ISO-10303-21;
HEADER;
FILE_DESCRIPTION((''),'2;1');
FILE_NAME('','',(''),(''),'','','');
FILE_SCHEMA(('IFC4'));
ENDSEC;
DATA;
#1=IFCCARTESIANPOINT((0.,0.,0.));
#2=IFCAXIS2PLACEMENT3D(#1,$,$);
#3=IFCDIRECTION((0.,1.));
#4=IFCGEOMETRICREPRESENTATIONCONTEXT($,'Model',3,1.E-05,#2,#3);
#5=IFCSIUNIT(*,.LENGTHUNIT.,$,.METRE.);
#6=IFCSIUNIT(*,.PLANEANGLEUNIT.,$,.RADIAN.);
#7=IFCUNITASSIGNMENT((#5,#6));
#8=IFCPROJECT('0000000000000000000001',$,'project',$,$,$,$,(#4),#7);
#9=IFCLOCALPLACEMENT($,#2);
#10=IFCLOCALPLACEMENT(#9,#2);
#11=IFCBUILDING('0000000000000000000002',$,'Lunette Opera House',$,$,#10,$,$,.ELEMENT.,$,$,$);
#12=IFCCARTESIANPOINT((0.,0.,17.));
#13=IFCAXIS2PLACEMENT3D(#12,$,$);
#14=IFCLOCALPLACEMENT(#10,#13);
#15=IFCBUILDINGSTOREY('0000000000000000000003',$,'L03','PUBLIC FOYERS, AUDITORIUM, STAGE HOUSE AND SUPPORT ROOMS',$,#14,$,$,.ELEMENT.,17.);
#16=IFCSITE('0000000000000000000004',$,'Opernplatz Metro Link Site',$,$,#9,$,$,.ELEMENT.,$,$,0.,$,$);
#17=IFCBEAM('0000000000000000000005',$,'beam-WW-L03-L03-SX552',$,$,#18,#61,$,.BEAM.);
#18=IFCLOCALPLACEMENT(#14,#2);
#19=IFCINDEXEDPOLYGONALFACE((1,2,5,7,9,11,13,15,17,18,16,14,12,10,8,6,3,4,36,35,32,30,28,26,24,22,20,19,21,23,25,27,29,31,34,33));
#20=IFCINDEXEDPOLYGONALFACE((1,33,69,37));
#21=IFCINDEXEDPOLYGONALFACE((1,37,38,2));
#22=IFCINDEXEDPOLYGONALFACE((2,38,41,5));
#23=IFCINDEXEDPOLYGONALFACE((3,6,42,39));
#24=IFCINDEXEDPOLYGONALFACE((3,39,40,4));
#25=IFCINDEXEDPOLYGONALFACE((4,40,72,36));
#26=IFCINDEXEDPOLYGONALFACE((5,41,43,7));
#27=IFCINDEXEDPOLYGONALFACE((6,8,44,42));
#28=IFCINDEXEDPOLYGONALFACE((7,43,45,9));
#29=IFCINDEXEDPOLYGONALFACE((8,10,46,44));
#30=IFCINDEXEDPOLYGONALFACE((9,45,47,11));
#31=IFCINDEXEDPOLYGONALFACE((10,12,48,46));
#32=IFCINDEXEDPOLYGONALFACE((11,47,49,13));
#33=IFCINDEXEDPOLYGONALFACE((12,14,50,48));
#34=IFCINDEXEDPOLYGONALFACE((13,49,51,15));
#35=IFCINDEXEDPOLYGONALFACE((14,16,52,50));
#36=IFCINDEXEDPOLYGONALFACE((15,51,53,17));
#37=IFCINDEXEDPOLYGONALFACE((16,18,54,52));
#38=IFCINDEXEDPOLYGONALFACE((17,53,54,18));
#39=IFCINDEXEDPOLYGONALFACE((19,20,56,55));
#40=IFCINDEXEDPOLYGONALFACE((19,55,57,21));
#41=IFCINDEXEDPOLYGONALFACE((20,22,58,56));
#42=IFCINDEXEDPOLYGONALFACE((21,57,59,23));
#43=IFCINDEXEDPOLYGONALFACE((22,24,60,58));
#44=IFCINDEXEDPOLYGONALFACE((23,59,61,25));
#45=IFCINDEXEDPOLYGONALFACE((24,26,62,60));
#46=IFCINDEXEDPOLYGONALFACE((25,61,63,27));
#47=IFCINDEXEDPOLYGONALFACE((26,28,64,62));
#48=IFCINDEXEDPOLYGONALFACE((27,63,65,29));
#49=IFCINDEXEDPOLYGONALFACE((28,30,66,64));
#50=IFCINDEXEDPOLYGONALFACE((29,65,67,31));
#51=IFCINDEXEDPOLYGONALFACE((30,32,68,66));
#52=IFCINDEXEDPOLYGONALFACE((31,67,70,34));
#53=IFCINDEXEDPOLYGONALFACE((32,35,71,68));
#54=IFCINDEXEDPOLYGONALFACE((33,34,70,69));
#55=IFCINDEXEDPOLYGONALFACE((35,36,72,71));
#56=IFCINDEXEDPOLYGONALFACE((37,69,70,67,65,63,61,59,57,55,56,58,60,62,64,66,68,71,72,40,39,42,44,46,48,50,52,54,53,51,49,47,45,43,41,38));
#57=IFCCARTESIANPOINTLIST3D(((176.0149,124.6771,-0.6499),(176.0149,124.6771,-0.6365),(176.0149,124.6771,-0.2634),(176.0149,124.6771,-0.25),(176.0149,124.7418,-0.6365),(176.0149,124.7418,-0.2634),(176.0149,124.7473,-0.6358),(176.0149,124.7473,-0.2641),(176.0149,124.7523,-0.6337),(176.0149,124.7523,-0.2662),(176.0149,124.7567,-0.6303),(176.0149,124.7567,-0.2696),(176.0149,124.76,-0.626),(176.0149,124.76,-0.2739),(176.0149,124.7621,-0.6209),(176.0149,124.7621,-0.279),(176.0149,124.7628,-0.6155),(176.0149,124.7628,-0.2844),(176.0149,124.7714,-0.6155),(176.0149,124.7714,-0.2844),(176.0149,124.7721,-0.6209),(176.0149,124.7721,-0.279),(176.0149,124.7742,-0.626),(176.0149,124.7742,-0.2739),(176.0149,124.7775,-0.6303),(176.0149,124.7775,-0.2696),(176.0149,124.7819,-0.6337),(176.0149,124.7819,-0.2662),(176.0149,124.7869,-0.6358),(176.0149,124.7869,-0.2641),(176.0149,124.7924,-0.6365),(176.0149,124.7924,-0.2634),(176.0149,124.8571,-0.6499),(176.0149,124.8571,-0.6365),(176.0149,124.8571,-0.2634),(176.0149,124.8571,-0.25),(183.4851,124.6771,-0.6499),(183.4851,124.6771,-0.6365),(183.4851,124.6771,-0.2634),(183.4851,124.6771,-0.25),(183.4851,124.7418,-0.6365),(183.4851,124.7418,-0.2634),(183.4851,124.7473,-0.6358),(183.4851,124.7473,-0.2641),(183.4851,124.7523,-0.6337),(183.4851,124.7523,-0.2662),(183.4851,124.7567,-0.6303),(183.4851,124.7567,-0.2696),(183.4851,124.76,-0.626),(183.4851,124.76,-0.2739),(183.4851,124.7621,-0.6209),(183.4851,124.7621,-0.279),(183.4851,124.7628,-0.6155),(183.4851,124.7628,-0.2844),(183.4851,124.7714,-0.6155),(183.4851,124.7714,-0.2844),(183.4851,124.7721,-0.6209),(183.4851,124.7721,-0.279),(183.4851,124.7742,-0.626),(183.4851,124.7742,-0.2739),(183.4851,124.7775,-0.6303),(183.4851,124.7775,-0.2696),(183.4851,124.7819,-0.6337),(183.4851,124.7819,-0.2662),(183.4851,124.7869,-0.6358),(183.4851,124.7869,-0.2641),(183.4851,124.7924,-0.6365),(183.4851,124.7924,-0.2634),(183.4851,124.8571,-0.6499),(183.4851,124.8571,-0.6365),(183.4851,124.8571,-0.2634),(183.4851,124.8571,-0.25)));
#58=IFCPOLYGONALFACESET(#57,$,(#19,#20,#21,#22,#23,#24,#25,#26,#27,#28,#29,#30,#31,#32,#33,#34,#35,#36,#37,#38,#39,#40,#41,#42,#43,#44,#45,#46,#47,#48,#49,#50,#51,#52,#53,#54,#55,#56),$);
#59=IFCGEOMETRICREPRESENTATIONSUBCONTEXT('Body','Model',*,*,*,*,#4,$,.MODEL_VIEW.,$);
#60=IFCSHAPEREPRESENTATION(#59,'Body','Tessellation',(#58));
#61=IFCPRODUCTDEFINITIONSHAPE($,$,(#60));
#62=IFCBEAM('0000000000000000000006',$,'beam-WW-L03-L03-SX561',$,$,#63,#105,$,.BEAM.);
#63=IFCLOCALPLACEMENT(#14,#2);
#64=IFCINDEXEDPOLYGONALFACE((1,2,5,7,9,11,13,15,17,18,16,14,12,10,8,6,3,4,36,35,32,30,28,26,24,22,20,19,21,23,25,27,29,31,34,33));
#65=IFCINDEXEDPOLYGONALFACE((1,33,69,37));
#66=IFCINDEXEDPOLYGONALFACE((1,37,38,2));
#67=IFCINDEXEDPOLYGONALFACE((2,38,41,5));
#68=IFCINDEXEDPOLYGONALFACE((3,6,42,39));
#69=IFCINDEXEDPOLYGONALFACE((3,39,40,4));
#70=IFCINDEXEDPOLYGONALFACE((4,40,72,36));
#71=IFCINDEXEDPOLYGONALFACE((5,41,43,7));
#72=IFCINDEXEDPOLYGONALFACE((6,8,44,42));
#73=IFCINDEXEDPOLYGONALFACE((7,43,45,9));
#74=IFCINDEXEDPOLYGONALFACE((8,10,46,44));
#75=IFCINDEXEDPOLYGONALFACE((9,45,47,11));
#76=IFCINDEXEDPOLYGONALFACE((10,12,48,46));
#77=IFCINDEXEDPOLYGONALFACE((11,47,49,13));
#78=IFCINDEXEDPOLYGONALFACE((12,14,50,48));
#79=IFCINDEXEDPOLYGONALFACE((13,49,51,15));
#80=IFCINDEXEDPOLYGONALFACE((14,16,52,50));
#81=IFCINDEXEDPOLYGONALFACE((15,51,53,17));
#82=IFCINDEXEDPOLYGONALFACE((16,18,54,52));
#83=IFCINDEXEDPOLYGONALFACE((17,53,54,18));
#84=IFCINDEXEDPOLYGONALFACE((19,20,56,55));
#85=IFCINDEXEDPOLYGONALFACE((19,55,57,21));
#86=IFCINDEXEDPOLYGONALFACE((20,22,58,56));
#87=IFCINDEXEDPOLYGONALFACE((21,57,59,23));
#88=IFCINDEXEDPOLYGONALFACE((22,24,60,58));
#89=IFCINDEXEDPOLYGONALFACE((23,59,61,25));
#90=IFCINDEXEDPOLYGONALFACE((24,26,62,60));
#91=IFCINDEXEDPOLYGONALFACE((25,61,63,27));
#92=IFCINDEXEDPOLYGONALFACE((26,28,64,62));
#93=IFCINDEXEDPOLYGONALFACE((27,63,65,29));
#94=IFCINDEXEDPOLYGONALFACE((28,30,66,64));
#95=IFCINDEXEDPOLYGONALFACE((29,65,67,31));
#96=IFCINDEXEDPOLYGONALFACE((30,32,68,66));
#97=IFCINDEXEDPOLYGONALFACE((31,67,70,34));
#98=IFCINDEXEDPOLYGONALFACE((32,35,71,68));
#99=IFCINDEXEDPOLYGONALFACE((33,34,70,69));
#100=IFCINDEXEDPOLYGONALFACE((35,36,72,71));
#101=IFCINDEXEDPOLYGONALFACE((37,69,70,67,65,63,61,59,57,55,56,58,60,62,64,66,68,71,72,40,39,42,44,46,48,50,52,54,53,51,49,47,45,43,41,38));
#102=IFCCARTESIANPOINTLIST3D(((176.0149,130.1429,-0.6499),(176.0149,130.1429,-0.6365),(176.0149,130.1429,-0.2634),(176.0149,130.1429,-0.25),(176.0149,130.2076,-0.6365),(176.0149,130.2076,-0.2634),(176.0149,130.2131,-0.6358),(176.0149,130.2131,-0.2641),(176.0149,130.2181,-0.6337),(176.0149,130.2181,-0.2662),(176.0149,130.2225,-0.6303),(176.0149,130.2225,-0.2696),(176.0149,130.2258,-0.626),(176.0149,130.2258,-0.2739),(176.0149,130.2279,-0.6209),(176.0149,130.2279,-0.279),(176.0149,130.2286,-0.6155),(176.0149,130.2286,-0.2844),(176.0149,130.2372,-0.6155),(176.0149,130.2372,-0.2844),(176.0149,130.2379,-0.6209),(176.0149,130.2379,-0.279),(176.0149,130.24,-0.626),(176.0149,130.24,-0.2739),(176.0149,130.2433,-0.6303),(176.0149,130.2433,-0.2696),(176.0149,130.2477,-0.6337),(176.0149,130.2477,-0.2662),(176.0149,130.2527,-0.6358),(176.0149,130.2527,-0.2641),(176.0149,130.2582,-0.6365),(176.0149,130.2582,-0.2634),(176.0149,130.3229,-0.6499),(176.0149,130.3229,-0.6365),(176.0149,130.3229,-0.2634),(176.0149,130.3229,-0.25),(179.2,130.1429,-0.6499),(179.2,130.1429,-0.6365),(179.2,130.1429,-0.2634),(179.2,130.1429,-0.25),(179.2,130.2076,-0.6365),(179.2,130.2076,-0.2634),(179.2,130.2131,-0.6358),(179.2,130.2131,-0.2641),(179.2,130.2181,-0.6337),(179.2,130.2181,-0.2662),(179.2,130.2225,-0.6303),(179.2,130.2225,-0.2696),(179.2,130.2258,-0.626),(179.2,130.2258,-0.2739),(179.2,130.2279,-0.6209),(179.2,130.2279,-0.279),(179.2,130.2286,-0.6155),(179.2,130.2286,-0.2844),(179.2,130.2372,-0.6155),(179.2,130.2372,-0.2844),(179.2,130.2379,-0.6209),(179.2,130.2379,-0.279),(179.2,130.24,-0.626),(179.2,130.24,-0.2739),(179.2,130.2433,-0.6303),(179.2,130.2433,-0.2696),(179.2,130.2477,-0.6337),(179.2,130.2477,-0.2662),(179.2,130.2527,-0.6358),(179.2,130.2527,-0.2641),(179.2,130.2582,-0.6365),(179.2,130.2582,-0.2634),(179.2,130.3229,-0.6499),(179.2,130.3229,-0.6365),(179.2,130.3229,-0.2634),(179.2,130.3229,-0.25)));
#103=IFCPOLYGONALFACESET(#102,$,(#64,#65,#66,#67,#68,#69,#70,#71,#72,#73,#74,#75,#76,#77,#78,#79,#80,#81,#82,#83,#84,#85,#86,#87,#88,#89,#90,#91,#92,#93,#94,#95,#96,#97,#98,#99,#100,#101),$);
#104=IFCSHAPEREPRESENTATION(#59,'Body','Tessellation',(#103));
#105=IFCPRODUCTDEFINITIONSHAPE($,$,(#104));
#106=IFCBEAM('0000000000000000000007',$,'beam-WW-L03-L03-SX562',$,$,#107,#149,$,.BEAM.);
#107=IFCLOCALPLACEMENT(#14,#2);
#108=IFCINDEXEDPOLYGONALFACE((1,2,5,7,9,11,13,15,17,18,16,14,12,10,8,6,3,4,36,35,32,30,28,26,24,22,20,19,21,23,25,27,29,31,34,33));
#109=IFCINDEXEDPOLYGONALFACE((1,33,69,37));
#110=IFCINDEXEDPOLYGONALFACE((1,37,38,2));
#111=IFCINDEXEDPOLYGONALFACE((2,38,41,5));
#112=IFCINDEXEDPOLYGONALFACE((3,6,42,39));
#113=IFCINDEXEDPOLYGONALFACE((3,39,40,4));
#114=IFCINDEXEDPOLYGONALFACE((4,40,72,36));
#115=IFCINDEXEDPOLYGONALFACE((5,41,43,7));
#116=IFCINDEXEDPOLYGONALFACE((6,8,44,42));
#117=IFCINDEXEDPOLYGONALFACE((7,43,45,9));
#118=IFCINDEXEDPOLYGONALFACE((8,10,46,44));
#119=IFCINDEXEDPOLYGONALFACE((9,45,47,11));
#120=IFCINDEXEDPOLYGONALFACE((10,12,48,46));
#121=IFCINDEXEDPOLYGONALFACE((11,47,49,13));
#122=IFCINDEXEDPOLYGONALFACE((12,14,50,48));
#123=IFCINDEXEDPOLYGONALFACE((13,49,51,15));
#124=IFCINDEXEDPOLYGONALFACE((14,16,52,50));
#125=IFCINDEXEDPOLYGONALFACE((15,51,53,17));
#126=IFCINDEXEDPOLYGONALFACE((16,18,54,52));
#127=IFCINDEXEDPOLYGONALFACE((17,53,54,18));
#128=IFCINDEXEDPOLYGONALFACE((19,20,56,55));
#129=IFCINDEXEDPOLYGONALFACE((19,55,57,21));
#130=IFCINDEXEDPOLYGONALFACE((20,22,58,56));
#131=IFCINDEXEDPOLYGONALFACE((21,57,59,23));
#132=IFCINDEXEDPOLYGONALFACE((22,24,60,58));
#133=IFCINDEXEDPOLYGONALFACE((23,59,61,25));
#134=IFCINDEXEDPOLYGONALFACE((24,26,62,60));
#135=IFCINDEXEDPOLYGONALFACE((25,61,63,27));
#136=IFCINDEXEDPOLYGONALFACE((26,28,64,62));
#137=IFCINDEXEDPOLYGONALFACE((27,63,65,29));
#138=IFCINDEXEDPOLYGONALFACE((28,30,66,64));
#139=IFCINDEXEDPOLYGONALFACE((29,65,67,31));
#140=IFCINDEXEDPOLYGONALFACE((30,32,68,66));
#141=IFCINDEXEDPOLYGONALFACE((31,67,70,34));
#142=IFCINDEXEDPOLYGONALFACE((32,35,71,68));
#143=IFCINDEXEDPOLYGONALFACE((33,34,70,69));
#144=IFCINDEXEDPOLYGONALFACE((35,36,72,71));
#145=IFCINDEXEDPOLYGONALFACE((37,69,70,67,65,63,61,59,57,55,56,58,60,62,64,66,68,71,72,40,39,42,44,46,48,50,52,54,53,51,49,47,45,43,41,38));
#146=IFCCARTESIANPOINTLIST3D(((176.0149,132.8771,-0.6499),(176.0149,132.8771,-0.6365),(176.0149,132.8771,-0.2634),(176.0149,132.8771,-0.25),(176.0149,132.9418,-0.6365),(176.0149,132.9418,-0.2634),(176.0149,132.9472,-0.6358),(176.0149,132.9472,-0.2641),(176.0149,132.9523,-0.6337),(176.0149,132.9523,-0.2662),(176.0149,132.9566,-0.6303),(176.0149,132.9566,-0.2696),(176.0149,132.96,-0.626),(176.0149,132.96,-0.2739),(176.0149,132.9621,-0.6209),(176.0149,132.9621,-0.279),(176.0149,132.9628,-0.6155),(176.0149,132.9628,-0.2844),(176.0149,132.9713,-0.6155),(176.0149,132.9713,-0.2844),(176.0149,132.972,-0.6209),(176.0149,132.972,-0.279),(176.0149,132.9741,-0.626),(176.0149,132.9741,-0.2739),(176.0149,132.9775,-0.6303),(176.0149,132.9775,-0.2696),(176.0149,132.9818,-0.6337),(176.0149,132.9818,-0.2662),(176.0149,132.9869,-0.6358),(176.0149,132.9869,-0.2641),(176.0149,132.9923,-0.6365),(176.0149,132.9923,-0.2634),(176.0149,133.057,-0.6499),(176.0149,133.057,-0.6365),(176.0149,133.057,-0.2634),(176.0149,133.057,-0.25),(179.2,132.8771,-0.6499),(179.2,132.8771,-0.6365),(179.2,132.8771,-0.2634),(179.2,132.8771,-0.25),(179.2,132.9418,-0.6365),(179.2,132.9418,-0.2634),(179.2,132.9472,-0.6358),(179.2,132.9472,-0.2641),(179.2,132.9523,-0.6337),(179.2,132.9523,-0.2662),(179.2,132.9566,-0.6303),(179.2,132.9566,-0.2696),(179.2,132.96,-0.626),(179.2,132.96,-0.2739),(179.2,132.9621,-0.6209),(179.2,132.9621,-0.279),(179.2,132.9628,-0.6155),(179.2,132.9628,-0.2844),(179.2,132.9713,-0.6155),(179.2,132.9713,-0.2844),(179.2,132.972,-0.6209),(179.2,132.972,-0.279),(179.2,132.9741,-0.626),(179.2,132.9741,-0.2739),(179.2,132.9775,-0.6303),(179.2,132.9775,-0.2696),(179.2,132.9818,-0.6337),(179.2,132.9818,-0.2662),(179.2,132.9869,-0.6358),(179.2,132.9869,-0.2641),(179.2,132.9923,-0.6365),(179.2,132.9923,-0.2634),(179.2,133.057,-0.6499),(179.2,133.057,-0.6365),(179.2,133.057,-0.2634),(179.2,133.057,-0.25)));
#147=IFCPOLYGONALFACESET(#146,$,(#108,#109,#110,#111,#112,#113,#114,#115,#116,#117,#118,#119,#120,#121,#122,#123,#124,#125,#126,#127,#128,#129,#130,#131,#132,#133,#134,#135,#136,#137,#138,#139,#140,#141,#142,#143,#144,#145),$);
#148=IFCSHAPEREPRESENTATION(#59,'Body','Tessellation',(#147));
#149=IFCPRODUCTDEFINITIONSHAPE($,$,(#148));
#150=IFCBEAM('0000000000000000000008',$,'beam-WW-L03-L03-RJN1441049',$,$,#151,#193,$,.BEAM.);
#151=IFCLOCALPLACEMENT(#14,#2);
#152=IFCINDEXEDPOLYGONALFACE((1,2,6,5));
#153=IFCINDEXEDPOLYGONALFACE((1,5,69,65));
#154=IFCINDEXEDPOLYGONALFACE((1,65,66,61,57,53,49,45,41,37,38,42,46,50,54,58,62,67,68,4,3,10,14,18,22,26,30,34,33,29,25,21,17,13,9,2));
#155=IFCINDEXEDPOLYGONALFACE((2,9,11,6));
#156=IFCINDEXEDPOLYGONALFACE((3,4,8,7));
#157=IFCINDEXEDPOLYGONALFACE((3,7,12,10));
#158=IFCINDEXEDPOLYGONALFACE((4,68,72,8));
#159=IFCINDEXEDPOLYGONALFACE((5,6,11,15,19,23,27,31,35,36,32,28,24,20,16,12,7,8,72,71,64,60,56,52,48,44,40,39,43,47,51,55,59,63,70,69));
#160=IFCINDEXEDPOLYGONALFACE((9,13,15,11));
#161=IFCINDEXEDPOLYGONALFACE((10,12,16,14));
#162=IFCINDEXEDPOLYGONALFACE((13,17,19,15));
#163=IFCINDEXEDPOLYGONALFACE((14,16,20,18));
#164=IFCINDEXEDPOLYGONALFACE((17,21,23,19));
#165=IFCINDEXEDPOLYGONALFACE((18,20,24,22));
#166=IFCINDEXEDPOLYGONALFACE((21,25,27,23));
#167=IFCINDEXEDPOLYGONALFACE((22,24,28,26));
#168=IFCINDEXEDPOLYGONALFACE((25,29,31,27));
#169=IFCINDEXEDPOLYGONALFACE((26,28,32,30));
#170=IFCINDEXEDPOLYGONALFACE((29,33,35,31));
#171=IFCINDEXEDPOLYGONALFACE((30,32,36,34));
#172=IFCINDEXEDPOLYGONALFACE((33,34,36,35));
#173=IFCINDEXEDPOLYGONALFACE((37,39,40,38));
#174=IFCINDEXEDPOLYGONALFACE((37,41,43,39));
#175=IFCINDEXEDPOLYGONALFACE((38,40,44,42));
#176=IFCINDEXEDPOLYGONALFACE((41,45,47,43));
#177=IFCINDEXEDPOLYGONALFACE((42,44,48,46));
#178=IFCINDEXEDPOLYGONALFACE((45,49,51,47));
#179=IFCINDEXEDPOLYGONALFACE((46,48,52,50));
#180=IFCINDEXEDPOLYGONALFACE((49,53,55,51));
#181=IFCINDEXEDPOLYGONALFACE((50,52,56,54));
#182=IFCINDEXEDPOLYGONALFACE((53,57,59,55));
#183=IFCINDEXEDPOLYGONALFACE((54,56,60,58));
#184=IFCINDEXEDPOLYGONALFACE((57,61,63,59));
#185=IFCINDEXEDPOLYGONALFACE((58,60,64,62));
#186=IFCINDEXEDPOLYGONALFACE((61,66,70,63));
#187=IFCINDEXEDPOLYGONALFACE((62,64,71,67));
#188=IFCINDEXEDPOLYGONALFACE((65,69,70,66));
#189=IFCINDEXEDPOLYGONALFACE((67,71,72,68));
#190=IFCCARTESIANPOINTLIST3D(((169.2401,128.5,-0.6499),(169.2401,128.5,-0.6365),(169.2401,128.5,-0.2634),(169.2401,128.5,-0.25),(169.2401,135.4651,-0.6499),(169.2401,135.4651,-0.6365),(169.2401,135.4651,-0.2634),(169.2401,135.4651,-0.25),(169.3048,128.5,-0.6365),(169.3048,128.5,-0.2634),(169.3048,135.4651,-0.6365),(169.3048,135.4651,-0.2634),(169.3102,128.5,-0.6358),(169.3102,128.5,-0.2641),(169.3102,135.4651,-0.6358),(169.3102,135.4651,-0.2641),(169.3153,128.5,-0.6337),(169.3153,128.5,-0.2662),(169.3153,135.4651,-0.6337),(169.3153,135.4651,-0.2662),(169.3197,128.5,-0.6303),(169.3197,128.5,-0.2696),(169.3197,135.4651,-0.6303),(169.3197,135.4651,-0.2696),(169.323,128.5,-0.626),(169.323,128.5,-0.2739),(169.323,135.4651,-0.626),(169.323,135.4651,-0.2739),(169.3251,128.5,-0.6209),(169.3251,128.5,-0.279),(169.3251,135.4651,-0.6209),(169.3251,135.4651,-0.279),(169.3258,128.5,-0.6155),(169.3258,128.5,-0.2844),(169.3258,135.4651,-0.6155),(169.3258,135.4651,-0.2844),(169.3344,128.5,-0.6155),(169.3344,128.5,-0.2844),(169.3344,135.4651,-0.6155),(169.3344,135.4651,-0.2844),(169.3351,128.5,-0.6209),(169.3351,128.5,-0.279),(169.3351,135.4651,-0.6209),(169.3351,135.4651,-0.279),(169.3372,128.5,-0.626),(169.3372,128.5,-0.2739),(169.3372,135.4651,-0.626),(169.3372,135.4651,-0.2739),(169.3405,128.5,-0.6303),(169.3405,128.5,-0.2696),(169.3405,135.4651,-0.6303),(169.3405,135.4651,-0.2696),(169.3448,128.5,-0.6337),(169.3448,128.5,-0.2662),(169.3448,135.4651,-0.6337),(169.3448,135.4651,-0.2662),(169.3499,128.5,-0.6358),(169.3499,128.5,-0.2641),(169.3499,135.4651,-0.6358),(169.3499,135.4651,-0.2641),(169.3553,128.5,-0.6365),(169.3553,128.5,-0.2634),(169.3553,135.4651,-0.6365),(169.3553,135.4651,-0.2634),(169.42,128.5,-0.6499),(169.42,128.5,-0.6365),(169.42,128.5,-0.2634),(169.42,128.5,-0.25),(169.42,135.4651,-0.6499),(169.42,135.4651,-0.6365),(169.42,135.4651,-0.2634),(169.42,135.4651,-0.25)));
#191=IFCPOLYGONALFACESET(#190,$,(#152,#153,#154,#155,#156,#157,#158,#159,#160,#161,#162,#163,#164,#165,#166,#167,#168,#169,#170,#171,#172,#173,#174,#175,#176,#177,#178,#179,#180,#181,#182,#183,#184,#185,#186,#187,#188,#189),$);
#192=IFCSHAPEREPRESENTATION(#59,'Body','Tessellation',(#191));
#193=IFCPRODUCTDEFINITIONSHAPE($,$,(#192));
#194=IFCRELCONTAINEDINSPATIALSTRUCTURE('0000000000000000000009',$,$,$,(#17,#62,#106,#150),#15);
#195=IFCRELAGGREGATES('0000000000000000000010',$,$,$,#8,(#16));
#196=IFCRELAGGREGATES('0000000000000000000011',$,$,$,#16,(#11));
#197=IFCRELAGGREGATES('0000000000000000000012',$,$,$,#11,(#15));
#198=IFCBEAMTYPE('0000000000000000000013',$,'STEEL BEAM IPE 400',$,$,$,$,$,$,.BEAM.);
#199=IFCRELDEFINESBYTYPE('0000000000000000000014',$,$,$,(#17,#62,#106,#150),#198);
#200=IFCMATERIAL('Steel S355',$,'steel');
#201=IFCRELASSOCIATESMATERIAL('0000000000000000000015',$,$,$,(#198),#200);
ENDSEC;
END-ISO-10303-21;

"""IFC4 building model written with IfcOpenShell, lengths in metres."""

from ifc_helpers import new_model, si_unit, direction, frame, origin, origin_2d, place, context, subcontext, project, spatial, i_section, extrude, material, material_profile, profile_set, type_object, element, save


model = new_model("IFC4")

# Units and contexts
model_context = context("Model", 3, precision=1e-05, world=origin(), true_north=direction((0.0, 1.0)))
body_context = subcontext(model_context, "Body", "Model", "MODEL_VIEW")
ifc_project = project(units=[si_unit("LENGTHUNIT", "METRE"), si_unit("PLANEANGLEUNIT", "RADIAN")], contexts=[model_context])

# Site, building, storey
site_placement = place(None, origin())
site = spatial("IfcSite", under=ifc_project, at=site_placement, Name="Opernplatz Metro Link Site", CompositionType="ELEMENT", RefElevation=0.0)
building_placement = place(site_placement, origin())
building = spatial("IfcBuilding", under=site, at=building_placement, Name="Lunette Opera House", CompositionType="ELEMENT")
storey_placement = place(building_placement, frame((0.0, 0.0, 17.0)))
storey = spatial("IfcBuildingStorey", under=building, at=storey_placement, Name="L03", Description="PUBLIC FOYERS, AUDITORIUM, STAGE HOUSE AND SUPPORT ROOMS", CompositionType="ELEMENT", Elevation=17.0)

# Beams
ifc_material_1 = material(Name="Steel S355", Category="steel")
ifc_material_profile_1 = material_profile(ifc_material_1, i_section(OverallWidth=0.1799, OverallDepth=0.3999, WebThickness=0.0085, FlangeThickness=0.0134, FilletRadius=0.021, at=origin_2d()), Name="IPE 400")
ifc_profile_set_1 = profile_set([ifc_material_profile_1], Name="Steel S355")
beam_type_1 = type_object("IfcBeamType", Name="STEEL BEAM IPE 400", PredefinedType="BEAM", material=ifc_profile_set_1)
for number, where, z_axis, x_axis, name in (
    (1, (176.0149, 124.7671, -0.45), (1.0, 0.0, 0.0), (0.0, 1.0, 0.0), "beam-WW-L03-L03-SX552"),
):
    element("IfcBeam", number, at=place(storey_placement, frame(where, z_axis=z_axis, x_axis=x_axis)), inside=storey, type_object=beam_type_1, Name=name, PredefinedType="BEAM", context=body_context, shape_type="SweptSolid", body=[
        extrude(i_section(OverallWidth=0.1799, OverallDepth=0.3999, WebThickness=0.0085, FlangeThickness=0.0134, FilletRadius=0.021, at=origin_2d()), origin(), (0.0, 0.0, 1.0), 7.4702),
    ])
for number, where, z_axis, x_axis, name in (
    (2, (176.0149, 130.2329, -0.45), (1.0, 0.0, 0.0), (0.0, 1.0, 0.0), "beam-WW-L03-L03-SX561"),
    (3, (176.0149, 132.967, -0.45), (1.0, 0.0, 0.0), (0.0, 1.0, 0.0), "beam-WW-L03-L03-SX562"),
):
    element("IfcBeam", number, at=place(storey_placement, frame(where, z_axis=z_axis, x_axis=x_axis)), inside=storey, type_object=beam_type_1, Name=name, PredefinedType="BEAM", context=body_context, shape_type="SweptSolid", body=[
        extrude(i_section(OverallWidth=0.1799, OverallDepth=0.3999, WebThickness=0.0085, FlangeThickness=0.0134, FilletRadius=0.021, at=origin_2d()), origin(), (0.0, 0.0, 1.0), 3.1851),
    ])
beam_1_placement = place(storey_placement, frame((169.3301, 128.5, -0.45), z_axis=(0.0, 1.0, 0.0), x_axis=(-1.0, 0.0, 0.0)))
element("IfcBeam", 4, at=beam_1_placement, inside=storey, type_object=beam_type_1, Name="beam-WW-L03-L03-RJN1441049", PredefinedType="BEAM", context=body_context, shape_type="SweptSolid", body=[
    extrude(i_section(OverallWidth=0.1799, OverallDepth=0.3999, WebThickness=0.0085, FlangeThickness=0.0134, FilletRadius=0.021, at=origin_2d()), origin(), (0.0, 0.0, 1.0), 6.9651),
])

save(model, "model.ifc")
